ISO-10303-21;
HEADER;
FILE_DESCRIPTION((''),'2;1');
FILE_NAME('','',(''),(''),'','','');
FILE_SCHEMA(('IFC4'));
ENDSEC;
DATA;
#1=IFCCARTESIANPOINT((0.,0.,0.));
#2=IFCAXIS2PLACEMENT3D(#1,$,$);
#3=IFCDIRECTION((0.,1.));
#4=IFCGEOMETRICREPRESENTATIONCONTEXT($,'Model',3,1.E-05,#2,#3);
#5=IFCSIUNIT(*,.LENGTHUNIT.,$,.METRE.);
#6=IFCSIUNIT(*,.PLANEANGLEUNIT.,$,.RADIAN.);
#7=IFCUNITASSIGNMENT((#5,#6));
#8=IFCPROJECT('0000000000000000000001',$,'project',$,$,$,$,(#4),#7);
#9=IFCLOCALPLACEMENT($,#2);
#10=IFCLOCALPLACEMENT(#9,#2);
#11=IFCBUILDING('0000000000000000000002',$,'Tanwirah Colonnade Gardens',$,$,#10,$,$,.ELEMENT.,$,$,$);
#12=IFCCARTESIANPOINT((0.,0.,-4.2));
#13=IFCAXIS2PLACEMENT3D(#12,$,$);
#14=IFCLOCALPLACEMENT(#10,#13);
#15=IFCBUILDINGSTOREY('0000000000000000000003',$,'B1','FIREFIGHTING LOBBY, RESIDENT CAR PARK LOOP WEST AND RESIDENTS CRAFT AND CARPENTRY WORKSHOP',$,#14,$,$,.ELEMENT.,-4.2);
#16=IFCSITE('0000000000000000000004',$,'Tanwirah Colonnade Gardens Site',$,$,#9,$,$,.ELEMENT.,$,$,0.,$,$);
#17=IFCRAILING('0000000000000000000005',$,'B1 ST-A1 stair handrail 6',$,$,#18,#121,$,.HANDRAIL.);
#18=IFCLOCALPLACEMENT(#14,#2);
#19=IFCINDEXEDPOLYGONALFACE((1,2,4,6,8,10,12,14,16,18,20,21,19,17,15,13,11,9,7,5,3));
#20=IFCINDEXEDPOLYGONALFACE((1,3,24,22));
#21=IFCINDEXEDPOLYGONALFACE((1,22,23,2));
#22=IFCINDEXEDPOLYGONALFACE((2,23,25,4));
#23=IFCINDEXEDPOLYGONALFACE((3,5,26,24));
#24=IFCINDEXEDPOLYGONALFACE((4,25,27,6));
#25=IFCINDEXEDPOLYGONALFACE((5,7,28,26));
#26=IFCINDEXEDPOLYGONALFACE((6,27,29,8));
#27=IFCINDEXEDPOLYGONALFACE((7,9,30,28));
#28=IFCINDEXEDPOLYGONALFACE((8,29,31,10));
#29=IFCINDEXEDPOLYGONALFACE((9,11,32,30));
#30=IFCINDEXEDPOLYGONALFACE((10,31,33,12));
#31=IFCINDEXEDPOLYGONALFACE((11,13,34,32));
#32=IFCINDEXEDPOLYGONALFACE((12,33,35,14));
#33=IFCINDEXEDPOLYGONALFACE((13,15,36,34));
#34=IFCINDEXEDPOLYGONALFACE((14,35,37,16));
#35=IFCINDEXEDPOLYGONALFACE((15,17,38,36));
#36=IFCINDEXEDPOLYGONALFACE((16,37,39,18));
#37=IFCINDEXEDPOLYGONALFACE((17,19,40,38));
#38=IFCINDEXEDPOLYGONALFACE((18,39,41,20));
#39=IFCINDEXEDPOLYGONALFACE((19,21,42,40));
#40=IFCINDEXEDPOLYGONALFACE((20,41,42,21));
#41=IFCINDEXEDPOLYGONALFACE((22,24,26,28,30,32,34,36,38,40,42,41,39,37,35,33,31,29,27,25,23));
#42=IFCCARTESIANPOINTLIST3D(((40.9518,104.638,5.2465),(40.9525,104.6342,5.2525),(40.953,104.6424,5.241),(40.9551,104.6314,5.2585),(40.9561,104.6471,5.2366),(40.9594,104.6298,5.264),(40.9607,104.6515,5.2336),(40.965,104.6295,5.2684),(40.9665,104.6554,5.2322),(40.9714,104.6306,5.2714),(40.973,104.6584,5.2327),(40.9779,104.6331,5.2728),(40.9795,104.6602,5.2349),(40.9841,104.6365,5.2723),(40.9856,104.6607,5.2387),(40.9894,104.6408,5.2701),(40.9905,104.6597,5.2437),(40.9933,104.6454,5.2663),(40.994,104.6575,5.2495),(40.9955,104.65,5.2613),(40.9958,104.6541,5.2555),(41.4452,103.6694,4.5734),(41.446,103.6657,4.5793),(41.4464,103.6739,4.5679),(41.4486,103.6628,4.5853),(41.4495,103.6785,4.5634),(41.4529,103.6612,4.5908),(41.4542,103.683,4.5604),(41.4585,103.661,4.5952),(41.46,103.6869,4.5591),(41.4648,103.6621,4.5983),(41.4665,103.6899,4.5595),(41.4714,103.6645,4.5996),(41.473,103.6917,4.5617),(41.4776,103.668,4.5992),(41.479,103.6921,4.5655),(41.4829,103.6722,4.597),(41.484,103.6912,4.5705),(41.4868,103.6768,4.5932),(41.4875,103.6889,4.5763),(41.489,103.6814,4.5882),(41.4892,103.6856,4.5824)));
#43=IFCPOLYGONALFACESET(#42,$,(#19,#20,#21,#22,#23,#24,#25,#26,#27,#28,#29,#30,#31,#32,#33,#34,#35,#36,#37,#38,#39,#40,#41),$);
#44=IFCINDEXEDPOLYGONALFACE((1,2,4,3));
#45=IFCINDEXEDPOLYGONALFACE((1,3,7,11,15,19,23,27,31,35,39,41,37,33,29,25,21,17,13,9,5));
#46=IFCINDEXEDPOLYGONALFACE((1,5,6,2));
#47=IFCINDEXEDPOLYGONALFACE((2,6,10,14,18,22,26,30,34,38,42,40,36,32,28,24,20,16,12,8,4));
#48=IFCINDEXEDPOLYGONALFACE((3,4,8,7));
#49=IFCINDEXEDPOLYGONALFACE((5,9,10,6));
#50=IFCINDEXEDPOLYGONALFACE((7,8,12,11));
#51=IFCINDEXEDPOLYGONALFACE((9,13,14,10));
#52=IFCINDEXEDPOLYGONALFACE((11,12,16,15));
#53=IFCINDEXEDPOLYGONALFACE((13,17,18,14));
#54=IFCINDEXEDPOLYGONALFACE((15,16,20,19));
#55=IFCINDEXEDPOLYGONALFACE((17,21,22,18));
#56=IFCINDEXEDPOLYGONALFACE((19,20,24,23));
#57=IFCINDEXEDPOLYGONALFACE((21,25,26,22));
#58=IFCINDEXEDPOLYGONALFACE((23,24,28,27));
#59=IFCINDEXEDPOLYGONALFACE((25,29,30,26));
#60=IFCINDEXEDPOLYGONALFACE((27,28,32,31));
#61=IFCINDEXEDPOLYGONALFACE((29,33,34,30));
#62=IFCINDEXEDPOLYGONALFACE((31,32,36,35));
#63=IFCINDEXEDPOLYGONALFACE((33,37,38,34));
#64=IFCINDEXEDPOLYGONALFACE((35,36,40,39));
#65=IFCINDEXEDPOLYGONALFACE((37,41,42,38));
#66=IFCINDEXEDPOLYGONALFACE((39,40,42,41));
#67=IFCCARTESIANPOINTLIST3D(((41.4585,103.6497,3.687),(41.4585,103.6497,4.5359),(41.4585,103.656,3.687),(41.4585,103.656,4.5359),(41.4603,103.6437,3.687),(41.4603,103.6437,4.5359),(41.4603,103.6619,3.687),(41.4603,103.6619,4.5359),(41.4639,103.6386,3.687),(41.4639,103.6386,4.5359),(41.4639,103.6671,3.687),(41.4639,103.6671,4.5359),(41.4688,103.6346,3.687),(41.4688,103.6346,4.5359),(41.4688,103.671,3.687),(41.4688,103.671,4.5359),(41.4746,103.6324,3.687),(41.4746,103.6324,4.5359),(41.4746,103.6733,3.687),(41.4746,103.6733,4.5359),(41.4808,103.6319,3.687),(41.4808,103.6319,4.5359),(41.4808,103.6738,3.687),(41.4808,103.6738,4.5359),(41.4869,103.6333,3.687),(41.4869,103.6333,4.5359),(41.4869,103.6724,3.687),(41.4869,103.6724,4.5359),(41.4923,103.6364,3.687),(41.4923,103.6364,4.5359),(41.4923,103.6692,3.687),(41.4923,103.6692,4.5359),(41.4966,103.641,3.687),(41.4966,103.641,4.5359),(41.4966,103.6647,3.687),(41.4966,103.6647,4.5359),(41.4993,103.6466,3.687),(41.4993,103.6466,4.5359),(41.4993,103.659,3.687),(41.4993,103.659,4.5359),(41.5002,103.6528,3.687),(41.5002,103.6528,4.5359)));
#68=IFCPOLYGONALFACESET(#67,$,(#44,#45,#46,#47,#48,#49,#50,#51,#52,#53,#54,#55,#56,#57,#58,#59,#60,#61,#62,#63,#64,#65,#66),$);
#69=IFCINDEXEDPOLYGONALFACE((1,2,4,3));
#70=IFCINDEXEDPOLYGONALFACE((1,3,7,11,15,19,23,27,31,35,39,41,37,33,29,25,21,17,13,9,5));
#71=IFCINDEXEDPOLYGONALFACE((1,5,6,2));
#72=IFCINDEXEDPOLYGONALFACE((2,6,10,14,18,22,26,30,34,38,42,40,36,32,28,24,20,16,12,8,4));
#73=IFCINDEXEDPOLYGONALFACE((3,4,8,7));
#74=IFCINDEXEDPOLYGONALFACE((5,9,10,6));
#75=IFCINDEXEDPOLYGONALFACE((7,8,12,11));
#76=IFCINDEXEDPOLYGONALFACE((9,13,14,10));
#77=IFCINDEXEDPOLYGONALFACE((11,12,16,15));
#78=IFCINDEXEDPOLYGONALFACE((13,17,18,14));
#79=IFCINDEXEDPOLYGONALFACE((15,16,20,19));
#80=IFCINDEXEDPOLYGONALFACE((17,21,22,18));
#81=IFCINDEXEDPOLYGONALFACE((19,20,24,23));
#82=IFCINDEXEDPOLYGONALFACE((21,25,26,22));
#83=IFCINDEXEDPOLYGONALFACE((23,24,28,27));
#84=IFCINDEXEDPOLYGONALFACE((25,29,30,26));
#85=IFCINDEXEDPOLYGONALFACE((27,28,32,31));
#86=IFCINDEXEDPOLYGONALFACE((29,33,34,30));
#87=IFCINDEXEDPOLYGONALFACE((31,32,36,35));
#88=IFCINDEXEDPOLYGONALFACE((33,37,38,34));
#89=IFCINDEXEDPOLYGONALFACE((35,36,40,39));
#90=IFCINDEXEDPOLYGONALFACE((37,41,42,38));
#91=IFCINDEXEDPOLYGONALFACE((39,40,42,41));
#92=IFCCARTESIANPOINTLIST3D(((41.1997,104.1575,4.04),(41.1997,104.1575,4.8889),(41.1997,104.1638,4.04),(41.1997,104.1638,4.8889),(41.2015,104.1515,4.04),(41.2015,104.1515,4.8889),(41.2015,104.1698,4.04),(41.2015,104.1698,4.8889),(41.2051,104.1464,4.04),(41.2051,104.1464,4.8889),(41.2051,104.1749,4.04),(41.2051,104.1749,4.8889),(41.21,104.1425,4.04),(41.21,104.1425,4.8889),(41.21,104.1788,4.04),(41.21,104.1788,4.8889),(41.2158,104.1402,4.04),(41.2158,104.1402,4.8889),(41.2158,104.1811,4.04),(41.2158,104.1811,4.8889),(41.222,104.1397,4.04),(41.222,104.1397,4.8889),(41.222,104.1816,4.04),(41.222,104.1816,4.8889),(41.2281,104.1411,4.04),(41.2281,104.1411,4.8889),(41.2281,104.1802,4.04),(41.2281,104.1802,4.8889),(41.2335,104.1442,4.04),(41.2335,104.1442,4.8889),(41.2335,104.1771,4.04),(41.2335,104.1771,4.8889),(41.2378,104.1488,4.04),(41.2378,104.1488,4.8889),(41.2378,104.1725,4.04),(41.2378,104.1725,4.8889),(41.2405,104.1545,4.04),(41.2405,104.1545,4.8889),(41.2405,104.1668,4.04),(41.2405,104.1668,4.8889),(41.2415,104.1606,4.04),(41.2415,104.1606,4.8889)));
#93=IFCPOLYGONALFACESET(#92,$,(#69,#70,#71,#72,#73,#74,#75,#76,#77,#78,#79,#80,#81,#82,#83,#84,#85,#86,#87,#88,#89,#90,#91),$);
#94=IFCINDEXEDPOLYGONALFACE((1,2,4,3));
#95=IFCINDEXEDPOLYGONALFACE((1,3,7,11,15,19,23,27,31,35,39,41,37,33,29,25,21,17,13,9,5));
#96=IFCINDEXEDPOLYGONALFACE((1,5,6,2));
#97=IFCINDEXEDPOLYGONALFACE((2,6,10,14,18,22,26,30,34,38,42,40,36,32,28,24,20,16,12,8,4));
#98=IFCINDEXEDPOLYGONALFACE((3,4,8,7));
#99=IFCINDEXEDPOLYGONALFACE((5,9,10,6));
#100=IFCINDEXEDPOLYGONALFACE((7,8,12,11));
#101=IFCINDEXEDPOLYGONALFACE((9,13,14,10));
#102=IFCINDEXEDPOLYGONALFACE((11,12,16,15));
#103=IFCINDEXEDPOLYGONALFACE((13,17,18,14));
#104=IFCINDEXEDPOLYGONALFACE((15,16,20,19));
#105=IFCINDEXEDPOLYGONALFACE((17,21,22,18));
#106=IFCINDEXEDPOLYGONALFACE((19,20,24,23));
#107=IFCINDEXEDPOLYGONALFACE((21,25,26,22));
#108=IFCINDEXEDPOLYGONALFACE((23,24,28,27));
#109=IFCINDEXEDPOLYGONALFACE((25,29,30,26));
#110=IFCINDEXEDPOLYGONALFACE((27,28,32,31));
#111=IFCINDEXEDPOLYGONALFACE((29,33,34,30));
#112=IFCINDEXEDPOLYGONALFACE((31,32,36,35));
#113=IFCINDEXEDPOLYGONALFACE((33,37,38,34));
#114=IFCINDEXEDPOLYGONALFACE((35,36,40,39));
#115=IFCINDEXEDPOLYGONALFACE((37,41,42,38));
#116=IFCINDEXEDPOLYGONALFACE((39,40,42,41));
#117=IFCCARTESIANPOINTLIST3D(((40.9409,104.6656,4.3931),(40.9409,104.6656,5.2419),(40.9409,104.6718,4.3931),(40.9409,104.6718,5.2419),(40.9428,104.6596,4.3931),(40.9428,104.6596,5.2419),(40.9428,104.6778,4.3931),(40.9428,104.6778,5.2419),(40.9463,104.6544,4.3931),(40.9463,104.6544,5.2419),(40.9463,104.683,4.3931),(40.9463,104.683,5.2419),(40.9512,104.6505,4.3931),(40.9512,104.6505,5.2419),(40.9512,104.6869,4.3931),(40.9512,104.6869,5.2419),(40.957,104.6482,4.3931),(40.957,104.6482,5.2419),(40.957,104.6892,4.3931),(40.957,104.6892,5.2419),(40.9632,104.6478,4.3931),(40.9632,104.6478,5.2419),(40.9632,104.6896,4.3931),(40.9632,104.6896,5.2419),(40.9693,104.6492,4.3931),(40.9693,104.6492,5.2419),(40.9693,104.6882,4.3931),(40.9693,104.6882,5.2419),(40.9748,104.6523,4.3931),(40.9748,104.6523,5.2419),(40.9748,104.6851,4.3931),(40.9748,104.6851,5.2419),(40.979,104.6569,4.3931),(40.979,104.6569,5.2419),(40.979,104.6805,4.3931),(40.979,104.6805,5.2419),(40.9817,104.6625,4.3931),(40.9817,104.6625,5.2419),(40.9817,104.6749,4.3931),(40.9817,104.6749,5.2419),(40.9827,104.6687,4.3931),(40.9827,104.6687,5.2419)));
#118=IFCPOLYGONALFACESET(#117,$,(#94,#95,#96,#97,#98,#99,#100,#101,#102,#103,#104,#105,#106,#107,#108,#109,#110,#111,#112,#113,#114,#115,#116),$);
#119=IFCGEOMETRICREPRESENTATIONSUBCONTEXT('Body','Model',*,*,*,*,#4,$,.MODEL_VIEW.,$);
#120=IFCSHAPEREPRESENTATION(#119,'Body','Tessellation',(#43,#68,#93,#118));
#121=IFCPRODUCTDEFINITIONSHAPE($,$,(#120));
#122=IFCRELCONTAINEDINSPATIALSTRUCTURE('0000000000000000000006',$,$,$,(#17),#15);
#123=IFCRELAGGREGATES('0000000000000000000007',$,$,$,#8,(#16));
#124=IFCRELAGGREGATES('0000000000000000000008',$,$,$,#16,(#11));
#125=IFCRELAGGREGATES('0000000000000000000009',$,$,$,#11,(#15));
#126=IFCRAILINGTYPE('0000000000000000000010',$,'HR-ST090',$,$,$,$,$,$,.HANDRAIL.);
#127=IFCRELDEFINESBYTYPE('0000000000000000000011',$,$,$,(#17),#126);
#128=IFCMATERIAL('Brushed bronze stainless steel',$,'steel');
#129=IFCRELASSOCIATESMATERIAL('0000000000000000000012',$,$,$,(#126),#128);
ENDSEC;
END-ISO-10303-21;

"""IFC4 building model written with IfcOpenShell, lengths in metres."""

from ifc_helpers import new_model, si_unit, direction, frame, origin, origin_2d, place, context, subcontext, project, spatial, circle, extrude, material, type_object, element, save


model = new_model("IFC4")

# Units and contexts
model_context = context("Model", 3, precision=1e-05, world=origin(), true_north=direction((0.0, 1.0)))
body_context = subcontext(model_context, "Body", "Model", "MODEL_VIEW")
ifc_project = project(units=[si_unit("LENGTHUNIT", "METRE"), si_unit("PLANEANGLEUNIT", "RADIAN")], contexts=[model_context])

# Site, building, storey
site_placement = place(None, origin())
site = spatial("IfcSite", under=ifc_project, at=site_placement, Name="Tanwirah Colonnade Gardens Site", CompositionType="ELEMENT", RefElevation=0.0)
building_placement = place(site_placement, origin())
building = spatial("IfcBuilding", under=site, at=building_placement, Name="Tanwirah Colonnade Gardens", CompositionType="ELEMENT")
storey_placement = place(building_placement, frame((0.0, 0.0, -4.2)))
storey = spatial("IfcBuildingStorey", under=building, at=storey_placement, Name="B1", Description="FIREFIGHTING LOBBY, RESIDENT CAR PARK LOOP WEST AND RESIDENTS CRAFT AND CARPENTRY WORKSHOP", CompositionType="ELEMENT", Elevation=-4.2)

# Railing
ifc_material_1 = material(Name="Brushed bronze stainless steel", Category="steel")
railing_type_1 = type_object("IfcRailingType", Name="HR-ST090", PredefinedType="HANDRAIL", material=ifc_material_1)
railing_1_placement = place(storey_placement, frame((41.4792, 103.6528, 3.687)))
element("IfcRailing", 1, at=railing_1_placement, inside=storey, type_object=railing_type_1, Name="B1 ST-A1 stair handrail 6", PredefinedType="HANDRAIL", context=body_context, shape_type="SweptSolid", body=[
    extrude(circle(Radius=0.0239, at=origin_2d()), frame((-0.012, 0.0237, 0.8923), z_axis=(-0.385953, 0.757523, 0.526498), x_axis=(-0.891018, -0.453967, 0.0)), (0.0, 0.0, 1.0), 1.2786),
    extrude(circle(Radius=0.021, at=origin_2d()), origin(), (0.0, 0.0, 1.0), 0.8489),
    extrude(circle(Radius=0.021, at=origin_2d()), frame((-0.2588, 0.5078, 0.353)), (0.0, 0.0, 1.0), 0.8489),
    extrude(circle(Radius=0.021, at=origin_2d()), frame((-0.5176, 1.0159, 0.7061)), (0.0, 0.0, 1.0), 0.8489),
])

save(model, "model.ifc")
